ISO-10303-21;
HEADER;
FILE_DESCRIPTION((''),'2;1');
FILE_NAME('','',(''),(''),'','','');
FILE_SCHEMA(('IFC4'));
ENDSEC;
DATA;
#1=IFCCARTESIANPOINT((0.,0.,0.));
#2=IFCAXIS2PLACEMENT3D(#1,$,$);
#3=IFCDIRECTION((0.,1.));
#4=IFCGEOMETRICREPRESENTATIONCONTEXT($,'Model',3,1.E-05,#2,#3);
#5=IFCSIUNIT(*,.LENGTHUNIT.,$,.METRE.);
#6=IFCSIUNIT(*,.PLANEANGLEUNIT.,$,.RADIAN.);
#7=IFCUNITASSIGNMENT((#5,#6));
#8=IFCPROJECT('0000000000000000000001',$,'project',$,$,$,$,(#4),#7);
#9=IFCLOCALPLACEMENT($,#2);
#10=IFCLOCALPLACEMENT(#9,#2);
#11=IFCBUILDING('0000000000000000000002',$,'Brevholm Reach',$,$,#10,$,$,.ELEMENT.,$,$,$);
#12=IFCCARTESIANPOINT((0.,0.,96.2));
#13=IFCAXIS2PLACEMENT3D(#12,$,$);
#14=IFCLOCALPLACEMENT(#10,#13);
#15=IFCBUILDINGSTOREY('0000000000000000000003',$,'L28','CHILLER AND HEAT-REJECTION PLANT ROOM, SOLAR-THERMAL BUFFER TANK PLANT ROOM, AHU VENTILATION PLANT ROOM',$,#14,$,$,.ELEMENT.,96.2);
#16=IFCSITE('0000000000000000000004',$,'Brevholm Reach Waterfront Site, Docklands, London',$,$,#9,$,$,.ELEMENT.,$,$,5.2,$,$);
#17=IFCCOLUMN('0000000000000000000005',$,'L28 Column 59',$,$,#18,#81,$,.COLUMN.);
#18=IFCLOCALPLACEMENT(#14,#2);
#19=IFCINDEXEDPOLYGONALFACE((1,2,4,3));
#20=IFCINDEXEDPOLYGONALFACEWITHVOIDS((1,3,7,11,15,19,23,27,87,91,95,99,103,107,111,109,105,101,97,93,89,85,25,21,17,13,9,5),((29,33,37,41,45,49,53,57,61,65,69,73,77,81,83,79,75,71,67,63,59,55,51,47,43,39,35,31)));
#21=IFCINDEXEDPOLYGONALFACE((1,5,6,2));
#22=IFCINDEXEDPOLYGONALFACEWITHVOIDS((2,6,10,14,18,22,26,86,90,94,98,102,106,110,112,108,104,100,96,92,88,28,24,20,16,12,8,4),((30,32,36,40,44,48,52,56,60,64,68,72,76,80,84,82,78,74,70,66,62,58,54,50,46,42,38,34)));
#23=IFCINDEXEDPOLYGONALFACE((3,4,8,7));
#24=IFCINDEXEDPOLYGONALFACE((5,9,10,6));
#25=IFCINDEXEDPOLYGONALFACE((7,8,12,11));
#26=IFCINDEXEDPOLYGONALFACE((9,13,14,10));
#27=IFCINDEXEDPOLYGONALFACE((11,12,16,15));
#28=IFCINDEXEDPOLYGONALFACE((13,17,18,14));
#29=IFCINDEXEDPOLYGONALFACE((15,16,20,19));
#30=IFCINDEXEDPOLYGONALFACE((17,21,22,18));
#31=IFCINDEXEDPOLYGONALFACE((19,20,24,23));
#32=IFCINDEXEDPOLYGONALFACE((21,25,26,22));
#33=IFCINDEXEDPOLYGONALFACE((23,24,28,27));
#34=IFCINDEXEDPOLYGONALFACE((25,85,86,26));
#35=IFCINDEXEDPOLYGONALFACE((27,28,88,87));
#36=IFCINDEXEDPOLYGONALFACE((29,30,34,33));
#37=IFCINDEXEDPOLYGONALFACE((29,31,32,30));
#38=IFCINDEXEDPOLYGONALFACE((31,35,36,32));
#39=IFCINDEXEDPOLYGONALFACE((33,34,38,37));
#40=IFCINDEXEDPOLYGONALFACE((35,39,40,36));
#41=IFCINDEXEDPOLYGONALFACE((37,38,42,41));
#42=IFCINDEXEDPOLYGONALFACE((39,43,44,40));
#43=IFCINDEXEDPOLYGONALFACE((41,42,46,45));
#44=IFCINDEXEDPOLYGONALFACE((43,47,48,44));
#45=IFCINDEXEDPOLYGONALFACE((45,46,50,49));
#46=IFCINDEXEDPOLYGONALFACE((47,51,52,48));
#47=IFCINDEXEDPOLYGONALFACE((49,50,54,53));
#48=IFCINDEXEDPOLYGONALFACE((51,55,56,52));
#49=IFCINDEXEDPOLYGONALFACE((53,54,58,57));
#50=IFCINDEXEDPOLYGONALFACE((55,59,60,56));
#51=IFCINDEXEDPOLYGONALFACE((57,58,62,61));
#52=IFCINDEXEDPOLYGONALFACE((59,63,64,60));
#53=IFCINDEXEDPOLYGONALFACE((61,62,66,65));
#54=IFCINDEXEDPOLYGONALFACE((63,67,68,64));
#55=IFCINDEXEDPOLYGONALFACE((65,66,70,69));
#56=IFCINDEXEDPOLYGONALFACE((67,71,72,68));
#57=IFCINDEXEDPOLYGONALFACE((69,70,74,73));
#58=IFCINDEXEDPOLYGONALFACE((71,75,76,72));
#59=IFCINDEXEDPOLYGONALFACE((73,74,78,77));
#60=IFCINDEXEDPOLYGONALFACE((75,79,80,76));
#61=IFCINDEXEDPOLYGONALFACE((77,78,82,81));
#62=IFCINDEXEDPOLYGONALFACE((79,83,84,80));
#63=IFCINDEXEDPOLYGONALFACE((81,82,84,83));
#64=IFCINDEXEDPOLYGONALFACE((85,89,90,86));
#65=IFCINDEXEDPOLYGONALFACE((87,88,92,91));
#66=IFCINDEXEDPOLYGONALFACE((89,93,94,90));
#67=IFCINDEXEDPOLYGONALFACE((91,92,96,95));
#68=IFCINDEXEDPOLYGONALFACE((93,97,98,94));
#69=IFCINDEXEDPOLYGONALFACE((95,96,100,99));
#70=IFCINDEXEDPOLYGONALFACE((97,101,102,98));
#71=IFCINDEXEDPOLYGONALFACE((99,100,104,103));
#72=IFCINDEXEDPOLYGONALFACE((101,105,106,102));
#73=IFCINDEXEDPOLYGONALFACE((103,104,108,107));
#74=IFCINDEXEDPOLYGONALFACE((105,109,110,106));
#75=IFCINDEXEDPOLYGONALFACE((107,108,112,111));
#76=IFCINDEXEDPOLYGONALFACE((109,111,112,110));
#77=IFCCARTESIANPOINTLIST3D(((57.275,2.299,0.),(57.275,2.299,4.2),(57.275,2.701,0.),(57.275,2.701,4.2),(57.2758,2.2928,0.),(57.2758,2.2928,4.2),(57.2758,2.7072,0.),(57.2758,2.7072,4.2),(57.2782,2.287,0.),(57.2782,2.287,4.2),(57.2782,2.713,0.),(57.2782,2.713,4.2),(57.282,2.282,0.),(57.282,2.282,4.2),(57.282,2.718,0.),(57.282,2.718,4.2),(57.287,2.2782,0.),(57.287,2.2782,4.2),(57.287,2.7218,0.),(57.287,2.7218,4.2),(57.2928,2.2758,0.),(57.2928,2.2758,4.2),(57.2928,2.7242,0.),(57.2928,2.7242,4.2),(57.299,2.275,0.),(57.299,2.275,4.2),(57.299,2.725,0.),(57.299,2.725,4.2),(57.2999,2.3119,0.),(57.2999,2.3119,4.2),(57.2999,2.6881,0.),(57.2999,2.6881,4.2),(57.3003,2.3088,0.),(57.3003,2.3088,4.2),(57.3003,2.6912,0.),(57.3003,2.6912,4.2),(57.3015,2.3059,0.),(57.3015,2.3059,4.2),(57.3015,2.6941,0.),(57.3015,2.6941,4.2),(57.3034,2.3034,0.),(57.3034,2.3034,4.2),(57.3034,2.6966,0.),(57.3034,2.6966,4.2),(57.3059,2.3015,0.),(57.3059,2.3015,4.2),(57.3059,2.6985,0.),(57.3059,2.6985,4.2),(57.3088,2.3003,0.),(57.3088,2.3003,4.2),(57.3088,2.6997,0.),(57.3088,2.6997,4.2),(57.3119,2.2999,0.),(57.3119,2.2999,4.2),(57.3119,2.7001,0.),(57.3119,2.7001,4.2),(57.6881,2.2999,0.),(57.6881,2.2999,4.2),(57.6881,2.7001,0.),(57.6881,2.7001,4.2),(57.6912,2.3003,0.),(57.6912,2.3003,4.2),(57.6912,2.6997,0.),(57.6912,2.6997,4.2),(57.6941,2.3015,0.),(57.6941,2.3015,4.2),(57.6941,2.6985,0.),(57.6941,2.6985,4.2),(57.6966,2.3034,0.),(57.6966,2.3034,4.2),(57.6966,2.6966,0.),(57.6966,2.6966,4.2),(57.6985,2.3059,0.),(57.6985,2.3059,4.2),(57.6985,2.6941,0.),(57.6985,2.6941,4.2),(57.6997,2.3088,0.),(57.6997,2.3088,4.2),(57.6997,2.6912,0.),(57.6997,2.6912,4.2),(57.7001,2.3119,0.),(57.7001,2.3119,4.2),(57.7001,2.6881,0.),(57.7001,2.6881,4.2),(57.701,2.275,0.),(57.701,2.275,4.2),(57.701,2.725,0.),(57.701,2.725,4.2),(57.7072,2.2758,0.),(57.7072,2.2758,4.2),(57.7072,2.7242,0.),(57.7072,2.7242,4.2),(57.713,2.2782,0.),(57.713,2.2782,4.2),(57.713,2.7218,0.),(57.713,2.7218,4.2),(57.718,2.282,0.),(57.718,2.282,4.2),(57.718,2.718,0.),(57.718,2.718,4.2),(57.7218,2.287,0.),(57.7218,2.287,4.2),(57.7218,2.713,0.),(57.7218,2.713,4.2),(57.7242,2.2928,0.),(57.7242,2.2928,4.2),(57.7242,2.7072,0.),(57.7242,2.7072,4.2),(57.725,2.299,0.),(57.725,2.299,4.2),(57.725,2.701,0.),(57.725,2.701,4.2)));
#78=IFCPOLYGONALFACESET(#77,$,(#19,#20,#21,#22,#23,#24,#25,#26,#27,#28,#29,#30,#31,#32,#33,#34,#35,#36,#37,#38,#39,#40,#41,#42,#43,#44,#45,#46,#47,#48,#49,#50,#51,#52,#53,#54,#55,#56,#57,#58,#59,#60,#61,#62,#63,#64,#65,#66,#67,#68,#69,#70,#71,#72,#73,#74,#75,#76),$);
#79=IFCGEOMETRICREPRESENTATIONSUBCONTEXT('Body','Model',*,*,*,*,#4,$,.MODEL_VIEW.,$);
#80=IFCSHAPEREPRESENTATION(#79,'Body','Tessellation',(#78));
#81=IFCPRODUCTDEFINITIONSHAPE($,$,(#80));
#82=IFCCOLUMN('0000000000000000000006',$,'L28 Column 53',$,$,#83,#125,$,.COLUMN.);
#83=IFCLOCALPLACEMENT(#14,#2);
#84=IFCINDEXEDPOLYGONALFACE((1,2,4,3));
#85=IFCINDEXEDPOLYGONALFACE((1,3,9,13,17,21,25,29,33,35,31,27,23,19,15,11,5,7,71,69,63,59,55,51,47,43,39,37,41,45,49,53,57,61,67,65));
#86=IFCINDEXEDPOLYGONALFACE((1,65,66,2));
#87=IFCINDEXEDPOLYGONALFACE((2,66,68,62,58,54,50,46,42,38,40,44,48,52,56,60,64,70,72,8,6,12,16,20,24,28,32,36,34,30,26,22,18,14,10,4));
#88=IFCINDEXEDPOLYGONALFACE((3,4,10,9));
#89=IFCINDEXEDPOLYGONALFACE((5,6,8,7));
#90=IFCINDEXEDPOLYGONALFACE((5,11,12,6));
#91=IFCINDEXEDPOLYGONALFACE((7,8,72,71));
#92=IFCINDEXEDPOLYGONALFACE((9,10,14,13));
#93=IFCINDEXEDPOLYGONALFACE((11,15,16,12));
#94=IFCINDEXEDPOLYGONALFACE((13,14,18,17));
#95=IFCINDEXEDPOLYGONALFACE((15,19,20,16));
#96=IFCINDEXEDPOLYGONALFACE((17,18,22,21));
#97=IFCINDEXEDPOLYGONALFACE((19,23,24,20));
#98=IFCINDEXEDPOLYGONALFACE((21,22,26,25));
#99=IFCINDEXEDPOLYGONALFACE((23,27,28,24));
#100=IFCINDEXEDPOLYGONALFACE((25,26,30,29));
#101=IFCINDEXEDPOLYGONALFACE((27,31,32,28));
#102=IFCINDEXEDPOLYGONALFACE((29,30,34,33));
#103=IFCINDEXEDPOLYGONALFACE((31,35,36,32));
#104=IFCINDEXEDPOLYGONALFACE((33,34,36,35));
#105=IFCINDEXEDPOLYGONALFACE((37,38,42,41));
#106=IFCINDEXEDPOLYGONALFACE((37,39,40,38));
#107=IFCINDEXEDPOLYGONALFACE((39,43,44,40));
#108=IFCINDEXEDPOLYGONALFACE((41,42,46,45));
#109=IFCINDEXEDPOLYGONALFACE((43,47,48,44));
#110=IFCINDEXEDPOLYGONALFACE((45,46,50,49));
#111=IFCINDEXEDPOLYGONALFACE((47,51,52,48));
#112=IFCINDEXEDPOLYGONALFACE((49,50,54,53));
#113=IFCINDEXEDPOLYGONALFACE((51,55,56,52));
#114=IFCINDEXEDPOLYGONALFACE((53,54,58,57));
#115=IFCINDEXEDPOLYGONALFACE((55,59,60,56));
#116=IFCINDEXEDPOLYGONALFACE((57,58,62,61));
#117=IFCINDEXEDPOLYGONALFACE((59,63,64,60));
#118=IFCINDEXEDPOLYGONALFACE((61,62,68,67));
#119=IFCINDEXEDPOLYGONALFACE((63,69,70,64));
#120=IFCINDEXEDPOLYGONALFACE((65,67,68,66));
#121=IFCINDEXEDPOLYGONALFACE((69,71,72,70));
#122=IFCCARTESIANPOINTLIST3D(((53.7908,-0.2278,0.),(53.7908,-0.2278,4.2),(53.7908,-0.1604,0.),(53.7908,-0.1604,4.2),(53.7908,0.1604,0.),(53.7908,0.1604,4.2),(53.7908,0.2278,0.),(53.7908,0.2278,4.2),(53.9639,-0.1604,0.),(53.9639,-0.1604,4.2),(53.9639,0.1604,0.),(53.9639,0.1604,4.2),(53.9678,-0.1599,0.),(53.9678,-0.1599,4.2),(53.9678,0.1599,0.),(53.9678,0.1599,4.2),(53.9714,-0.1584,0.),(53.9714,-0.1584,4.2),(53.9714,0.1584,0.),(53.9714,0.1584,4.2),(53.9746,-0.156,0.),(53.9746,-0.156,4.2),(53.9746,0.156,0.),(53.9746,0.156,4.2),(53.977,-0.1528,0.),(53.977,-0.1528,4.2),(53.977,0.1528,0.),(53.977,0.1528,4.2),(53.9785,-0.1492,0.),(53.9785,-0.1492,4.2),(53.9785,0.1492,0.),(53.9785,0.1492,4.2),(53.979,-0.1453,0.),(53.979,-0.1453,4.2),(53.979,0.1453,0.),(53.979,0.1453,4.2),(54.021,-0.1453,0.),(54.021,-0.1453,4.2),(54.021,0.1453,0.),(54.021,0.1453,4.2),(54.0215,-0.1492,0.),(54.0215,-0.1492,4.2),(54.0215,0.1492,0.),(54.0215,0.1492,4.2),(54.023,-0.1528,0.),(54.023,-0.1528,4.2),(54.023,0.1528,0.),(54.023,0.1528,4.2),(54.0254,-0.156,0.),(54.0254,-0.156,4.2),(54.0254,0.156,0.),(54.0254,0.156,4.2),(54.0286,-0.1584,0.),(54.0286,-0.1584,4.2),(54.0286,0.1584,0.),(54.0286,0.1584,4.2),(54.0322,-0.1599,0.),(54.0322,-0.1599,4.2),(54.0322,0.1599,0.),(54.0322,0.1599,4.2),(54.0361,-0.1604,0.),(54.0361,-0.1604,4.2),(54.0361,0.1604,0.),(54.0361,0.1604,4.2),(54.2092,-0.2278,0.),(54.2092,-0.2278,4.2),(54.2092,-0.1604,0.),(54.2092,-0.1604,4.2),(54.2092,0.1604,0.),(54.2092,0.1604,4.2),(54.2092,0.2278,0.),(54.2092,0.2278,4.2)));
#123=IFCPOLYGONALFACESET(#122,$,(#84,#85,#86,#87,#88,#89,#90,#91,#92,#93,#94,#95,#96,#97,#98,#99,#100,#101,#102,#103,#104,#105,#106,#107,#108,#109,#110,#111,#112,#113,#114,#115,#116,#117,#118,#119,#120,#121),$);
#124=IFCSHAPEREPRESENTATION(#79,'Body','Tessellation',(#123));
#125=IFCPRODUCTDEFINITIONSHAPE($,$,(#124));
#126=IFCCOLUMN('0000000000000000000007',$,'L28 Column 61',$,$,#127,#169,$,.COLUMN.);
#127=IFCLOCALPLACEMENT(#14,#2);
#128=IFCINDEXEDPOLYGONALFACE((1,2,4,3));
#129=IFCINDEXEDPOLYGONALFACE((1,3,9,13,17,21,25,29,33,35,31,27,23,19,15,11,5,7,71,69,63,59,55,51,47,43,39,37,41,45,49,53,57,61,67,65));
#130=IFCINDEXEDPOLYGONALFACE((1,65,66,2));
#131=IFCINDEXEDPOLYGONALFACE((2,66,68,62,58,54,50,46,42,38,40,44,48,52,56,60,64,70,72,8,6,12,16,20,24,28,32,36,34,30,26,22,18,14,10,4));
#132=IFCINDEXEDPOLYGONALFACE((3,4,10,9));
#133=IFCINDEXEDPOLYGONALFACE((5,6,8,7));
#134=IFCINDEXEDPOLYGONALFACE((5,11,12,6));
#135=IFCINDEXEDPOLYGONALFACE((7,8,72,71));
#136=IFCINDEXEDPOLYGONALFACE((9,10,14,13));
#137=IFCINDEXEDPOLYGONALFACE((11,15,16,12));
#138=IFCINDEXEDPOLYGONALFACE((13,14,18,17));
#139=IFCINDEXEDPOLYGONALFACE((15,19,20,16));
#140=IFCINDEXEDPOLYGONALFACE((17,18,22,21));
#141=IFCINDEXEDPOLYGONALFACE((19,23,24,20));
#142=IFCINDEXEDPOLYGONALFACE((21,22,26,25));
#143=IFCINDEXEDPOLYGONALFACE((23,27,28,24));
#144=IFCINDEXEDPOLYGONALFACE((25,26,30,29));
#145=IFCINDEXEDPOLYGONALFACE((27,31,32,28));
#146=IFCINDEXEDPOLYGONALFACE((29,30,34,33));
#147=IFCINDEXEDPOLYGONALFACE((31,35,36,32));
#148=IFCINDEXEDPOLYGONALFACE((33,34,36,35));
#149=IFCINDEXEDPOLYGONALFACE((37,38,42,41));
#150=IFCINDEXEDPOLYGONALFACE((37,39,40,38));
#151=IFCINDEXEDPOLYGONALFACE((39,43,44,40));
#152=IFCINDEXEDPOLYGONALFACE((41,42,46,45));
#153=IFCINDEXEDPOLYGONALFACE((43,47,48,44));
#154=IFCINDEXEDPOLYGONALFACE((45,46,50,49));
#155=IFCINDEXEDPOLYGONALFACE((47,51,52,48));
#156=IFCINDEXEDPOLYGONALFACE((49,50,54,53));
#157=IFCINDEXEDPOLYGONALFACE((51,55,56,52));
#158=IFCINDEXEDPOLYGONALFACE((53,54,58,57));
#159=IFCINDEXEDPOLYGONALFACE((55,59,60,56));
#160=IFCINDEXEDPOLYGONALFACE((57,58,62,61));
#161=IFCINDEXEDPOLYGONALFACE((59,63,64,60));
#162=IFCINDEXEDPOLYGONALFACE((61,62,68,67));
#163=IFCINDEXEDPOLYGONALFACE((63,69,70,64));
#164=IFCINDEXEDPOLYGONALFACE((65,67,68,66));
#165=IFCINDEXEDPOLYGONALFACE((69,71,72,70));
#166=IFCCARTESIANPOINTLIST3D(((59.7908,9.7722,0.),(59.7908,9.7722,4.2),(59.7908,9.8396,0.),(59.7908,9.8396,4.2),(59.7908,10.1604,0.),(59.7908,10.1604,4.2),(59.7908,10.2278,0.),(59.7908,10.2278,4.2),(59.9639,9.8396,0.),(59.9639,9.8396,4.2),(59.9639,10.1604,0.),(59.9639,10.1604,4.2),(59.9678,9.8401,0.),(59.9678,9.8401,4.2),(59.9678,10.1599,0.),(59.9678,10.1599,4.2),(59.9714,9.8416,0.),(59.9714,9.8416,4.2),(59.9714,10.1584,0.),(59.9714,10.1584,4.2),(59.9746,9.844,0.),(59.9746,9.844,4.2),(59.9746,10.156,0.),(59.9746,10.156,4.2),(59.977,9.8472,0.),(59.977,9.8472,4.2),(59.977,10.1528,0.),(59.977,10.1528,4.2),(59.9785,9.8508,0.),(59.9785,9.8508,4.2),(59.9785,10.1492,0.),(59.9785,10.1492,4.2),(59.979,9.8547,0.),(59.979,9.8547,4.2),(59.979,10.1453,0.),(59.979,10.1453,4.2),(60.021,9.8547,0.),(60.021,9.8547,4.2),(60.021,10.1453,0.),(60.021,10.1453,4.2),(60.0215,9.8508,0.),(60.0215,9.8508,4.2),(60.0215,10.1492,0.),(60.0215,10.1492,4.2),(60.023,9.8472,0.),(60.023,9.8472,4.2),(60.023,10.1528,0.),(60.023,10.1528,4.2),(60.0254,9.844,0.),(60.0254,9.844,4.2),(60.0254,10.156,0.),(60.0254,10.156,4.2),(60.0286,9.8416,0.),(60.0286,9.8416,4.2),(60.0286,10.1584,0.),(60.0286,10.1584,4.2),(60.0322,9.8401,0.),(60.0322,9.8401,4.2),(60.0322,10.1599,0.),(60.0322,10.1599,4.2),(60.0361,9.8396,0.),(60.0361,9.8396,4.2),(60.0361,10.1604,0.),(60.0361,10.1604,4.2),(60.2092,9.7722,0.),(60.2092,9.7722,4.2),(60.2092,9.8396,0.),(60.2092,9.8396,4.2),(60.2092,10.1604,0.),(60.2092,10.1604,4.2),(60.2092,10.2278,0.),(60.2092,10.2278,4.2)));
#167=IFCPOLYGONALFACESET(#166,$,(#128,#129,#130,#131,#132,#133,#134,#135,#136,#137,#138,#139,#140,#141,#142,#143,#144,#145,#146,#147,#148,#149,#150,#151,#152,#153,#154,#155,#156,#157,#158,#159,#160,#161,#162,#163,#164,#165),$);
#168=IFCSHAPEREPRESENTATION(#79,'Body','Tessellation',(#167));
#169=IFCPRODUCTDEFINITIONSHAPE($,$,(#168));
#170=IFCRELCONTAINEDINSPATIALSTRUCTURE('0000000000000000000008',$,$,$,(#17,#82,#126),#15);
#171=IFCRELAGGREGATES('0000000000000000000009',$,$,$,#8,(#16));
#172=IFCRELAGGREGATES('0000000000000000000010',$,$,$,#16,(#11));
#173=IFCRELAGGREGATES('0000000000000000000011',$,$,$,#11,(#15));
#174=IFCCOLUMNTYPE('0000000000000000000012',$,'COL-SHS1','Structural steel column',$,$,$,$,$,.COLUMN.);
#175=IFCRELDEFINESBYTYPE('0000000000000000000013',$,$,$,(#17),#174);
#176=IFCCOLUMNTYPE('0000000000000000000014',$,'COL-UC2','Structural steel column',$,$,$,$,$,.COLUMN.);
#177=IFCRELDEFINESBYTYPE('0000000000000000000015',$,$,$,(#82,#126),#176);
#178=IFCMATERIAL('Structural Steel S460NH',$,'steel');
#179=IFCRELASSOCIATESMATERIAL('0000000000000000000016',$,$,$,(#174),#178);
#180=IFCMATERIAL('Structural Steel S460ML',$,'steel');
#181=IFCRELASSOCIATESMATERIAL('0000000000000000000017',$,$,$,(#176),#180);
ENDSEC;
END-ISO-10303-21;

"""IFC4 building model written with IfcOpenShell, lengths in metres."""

from ifc_helpers import new_model, si_unit, direction, frame, origin, origin_2d, place, context, subcontext, project, spatial, hollow_rectangle, i_section, extrude, material, material_profile, profile_set, type_object, element, save


model = new_model("IFC4")

# Units and contexts
model_context = context("Model", 3, precision=1e-05, world=origin(), true_north=direction((0.0, 1.0)))
body_context = subcontext(model_context, "Body", "Model", "MODEL_VIEW")
ifc_project = project(units=[si_unit("LENGTHUNIT", "METRE"), si_unit("PLANEANGLEUNIT", "RADIAN")], contexts=[model_context])

# Site, building, storey
site_placement = place(None, origin())
site = spatial("IfcSite", under=ifc_project, at=site_placement, Name="Brevholm Reach Waterfront Site, Docklands, London", CompositionType="ELEMENT", RefElevation=5.2)
building_placement = place(site_placement, origin())
building = spatial("IfcBuilding", under=site, at=building_placement, Name="Brevholm Reach", CompositionType="ELEMENT")
storey_placement = place(building_placement, frame((0.0, 0.0, 96.2)))
storey = spatial("IfcBuildingStorey", under=building, at=storey_placement, Name="L28", Description="CHILLER AND HEAT-REJECTION PLANT ROOM, SOLAR-THERMAL BUFFER TANK PLANT ROOM, AHU VENTILATION PLANT ROOM", CompositionType="ELEMENT", Elevation=96.2)

# Columns
ifc_material_1 = material(Name="Structural Steel S460NH", Category="steel")
ifc_material_profile_1 = material_profile(ifc_material_1, hollow_rectangle(XDim=0.45, YDim=0.45, WallThickness=0.0249, InnerFilletRadius=0.012, OuterFilletRadius=0.0239, at=origin_2d()), Name="SHS 450x450x25")
ifc_profile_set_1 = profile_set([ifc_material_profile_1], Name="Structural Steel S460NH")
column_type_1 = type_object("IfcColumnType", Name="COL-SHS1", Description="Structural steel column", PredefinedType="COLUMN", material=ifc_profile_set_1)
column_placement = place(storey_placement, frame((57.5, 2.5, 0.0), z_axis=(0.0, 0.0, 1.0), x_axis=(1.0, 0.0, 0.0)))
element("IfcColumn", 1, at=column_placement, inside=storey, type_object=column_type_1, Name="L28 Column 59", PredefinedType="COLUMN", context=body_context, shape_type="SweptSolid", body=[
    extrude(hollow_rectangle(XDim=0.45, YDim=0.45, WallThickness=0.0249, InnerFilletRadius=0.012, OuterFilletRadius=0.0239, at=origin_2d()), origin(), (0.0, 0.0, 1.0), 4.2),
])
ifc_material_2 = material(Name="Structural Steel S460ML", Category="steel")
ifc_material_profile_2 = material_profile(ifc_material_2, i_section(OverallWidth=0.4185, OverallDepth=0.4556, WebThickness=0.042, FlangeThickness=0.0674, FilletRadius=0.0151, at=origin_2d()), Name="UKC 356x406x551")
ifc_profile_set_2 = profile_set([ifc_material_profile_2], Name="Structural Steel S460ML")
column_type_2 = type_object("IfcColumnType", Name="COL-UC2", Description="Structural steel column", PredefinedType="COLUMN", material=ifc_profile_set_2)
for number, where, z_axis, x_axis, name in (
    (2, (54.0, 0.0, 0.0), (0.0, 0.0, 1.0), (1.0, 0.0, 0.0), "L28 Column 53"),
    (3, (60.0, 10.0, 0.0), (0.0, 0.0, 1.0), (1.0, 0.0, 0.0), "L28 Column 61"),
):
    element("IfcColumn", number, at=place(storey_placement, frame(where, z_axis=z_axis, x_axis=x_axis)), inside=storey, type_object=column_type_2, Name=name, PredefinedType="COLUMN", context=body_context, shape_type="SweptSolid", body=[
        extrude(i_section(OverallWidth=0.4185, OverallDepth=0.4556, WebThickness=0.042, FlangeThickness=0.0674, FilletRadius=0.0151, at=origin_2d()), origin(), (0.0, 0.0, 1.0), 4.2),
    ])

save(model, "model.ifc")
